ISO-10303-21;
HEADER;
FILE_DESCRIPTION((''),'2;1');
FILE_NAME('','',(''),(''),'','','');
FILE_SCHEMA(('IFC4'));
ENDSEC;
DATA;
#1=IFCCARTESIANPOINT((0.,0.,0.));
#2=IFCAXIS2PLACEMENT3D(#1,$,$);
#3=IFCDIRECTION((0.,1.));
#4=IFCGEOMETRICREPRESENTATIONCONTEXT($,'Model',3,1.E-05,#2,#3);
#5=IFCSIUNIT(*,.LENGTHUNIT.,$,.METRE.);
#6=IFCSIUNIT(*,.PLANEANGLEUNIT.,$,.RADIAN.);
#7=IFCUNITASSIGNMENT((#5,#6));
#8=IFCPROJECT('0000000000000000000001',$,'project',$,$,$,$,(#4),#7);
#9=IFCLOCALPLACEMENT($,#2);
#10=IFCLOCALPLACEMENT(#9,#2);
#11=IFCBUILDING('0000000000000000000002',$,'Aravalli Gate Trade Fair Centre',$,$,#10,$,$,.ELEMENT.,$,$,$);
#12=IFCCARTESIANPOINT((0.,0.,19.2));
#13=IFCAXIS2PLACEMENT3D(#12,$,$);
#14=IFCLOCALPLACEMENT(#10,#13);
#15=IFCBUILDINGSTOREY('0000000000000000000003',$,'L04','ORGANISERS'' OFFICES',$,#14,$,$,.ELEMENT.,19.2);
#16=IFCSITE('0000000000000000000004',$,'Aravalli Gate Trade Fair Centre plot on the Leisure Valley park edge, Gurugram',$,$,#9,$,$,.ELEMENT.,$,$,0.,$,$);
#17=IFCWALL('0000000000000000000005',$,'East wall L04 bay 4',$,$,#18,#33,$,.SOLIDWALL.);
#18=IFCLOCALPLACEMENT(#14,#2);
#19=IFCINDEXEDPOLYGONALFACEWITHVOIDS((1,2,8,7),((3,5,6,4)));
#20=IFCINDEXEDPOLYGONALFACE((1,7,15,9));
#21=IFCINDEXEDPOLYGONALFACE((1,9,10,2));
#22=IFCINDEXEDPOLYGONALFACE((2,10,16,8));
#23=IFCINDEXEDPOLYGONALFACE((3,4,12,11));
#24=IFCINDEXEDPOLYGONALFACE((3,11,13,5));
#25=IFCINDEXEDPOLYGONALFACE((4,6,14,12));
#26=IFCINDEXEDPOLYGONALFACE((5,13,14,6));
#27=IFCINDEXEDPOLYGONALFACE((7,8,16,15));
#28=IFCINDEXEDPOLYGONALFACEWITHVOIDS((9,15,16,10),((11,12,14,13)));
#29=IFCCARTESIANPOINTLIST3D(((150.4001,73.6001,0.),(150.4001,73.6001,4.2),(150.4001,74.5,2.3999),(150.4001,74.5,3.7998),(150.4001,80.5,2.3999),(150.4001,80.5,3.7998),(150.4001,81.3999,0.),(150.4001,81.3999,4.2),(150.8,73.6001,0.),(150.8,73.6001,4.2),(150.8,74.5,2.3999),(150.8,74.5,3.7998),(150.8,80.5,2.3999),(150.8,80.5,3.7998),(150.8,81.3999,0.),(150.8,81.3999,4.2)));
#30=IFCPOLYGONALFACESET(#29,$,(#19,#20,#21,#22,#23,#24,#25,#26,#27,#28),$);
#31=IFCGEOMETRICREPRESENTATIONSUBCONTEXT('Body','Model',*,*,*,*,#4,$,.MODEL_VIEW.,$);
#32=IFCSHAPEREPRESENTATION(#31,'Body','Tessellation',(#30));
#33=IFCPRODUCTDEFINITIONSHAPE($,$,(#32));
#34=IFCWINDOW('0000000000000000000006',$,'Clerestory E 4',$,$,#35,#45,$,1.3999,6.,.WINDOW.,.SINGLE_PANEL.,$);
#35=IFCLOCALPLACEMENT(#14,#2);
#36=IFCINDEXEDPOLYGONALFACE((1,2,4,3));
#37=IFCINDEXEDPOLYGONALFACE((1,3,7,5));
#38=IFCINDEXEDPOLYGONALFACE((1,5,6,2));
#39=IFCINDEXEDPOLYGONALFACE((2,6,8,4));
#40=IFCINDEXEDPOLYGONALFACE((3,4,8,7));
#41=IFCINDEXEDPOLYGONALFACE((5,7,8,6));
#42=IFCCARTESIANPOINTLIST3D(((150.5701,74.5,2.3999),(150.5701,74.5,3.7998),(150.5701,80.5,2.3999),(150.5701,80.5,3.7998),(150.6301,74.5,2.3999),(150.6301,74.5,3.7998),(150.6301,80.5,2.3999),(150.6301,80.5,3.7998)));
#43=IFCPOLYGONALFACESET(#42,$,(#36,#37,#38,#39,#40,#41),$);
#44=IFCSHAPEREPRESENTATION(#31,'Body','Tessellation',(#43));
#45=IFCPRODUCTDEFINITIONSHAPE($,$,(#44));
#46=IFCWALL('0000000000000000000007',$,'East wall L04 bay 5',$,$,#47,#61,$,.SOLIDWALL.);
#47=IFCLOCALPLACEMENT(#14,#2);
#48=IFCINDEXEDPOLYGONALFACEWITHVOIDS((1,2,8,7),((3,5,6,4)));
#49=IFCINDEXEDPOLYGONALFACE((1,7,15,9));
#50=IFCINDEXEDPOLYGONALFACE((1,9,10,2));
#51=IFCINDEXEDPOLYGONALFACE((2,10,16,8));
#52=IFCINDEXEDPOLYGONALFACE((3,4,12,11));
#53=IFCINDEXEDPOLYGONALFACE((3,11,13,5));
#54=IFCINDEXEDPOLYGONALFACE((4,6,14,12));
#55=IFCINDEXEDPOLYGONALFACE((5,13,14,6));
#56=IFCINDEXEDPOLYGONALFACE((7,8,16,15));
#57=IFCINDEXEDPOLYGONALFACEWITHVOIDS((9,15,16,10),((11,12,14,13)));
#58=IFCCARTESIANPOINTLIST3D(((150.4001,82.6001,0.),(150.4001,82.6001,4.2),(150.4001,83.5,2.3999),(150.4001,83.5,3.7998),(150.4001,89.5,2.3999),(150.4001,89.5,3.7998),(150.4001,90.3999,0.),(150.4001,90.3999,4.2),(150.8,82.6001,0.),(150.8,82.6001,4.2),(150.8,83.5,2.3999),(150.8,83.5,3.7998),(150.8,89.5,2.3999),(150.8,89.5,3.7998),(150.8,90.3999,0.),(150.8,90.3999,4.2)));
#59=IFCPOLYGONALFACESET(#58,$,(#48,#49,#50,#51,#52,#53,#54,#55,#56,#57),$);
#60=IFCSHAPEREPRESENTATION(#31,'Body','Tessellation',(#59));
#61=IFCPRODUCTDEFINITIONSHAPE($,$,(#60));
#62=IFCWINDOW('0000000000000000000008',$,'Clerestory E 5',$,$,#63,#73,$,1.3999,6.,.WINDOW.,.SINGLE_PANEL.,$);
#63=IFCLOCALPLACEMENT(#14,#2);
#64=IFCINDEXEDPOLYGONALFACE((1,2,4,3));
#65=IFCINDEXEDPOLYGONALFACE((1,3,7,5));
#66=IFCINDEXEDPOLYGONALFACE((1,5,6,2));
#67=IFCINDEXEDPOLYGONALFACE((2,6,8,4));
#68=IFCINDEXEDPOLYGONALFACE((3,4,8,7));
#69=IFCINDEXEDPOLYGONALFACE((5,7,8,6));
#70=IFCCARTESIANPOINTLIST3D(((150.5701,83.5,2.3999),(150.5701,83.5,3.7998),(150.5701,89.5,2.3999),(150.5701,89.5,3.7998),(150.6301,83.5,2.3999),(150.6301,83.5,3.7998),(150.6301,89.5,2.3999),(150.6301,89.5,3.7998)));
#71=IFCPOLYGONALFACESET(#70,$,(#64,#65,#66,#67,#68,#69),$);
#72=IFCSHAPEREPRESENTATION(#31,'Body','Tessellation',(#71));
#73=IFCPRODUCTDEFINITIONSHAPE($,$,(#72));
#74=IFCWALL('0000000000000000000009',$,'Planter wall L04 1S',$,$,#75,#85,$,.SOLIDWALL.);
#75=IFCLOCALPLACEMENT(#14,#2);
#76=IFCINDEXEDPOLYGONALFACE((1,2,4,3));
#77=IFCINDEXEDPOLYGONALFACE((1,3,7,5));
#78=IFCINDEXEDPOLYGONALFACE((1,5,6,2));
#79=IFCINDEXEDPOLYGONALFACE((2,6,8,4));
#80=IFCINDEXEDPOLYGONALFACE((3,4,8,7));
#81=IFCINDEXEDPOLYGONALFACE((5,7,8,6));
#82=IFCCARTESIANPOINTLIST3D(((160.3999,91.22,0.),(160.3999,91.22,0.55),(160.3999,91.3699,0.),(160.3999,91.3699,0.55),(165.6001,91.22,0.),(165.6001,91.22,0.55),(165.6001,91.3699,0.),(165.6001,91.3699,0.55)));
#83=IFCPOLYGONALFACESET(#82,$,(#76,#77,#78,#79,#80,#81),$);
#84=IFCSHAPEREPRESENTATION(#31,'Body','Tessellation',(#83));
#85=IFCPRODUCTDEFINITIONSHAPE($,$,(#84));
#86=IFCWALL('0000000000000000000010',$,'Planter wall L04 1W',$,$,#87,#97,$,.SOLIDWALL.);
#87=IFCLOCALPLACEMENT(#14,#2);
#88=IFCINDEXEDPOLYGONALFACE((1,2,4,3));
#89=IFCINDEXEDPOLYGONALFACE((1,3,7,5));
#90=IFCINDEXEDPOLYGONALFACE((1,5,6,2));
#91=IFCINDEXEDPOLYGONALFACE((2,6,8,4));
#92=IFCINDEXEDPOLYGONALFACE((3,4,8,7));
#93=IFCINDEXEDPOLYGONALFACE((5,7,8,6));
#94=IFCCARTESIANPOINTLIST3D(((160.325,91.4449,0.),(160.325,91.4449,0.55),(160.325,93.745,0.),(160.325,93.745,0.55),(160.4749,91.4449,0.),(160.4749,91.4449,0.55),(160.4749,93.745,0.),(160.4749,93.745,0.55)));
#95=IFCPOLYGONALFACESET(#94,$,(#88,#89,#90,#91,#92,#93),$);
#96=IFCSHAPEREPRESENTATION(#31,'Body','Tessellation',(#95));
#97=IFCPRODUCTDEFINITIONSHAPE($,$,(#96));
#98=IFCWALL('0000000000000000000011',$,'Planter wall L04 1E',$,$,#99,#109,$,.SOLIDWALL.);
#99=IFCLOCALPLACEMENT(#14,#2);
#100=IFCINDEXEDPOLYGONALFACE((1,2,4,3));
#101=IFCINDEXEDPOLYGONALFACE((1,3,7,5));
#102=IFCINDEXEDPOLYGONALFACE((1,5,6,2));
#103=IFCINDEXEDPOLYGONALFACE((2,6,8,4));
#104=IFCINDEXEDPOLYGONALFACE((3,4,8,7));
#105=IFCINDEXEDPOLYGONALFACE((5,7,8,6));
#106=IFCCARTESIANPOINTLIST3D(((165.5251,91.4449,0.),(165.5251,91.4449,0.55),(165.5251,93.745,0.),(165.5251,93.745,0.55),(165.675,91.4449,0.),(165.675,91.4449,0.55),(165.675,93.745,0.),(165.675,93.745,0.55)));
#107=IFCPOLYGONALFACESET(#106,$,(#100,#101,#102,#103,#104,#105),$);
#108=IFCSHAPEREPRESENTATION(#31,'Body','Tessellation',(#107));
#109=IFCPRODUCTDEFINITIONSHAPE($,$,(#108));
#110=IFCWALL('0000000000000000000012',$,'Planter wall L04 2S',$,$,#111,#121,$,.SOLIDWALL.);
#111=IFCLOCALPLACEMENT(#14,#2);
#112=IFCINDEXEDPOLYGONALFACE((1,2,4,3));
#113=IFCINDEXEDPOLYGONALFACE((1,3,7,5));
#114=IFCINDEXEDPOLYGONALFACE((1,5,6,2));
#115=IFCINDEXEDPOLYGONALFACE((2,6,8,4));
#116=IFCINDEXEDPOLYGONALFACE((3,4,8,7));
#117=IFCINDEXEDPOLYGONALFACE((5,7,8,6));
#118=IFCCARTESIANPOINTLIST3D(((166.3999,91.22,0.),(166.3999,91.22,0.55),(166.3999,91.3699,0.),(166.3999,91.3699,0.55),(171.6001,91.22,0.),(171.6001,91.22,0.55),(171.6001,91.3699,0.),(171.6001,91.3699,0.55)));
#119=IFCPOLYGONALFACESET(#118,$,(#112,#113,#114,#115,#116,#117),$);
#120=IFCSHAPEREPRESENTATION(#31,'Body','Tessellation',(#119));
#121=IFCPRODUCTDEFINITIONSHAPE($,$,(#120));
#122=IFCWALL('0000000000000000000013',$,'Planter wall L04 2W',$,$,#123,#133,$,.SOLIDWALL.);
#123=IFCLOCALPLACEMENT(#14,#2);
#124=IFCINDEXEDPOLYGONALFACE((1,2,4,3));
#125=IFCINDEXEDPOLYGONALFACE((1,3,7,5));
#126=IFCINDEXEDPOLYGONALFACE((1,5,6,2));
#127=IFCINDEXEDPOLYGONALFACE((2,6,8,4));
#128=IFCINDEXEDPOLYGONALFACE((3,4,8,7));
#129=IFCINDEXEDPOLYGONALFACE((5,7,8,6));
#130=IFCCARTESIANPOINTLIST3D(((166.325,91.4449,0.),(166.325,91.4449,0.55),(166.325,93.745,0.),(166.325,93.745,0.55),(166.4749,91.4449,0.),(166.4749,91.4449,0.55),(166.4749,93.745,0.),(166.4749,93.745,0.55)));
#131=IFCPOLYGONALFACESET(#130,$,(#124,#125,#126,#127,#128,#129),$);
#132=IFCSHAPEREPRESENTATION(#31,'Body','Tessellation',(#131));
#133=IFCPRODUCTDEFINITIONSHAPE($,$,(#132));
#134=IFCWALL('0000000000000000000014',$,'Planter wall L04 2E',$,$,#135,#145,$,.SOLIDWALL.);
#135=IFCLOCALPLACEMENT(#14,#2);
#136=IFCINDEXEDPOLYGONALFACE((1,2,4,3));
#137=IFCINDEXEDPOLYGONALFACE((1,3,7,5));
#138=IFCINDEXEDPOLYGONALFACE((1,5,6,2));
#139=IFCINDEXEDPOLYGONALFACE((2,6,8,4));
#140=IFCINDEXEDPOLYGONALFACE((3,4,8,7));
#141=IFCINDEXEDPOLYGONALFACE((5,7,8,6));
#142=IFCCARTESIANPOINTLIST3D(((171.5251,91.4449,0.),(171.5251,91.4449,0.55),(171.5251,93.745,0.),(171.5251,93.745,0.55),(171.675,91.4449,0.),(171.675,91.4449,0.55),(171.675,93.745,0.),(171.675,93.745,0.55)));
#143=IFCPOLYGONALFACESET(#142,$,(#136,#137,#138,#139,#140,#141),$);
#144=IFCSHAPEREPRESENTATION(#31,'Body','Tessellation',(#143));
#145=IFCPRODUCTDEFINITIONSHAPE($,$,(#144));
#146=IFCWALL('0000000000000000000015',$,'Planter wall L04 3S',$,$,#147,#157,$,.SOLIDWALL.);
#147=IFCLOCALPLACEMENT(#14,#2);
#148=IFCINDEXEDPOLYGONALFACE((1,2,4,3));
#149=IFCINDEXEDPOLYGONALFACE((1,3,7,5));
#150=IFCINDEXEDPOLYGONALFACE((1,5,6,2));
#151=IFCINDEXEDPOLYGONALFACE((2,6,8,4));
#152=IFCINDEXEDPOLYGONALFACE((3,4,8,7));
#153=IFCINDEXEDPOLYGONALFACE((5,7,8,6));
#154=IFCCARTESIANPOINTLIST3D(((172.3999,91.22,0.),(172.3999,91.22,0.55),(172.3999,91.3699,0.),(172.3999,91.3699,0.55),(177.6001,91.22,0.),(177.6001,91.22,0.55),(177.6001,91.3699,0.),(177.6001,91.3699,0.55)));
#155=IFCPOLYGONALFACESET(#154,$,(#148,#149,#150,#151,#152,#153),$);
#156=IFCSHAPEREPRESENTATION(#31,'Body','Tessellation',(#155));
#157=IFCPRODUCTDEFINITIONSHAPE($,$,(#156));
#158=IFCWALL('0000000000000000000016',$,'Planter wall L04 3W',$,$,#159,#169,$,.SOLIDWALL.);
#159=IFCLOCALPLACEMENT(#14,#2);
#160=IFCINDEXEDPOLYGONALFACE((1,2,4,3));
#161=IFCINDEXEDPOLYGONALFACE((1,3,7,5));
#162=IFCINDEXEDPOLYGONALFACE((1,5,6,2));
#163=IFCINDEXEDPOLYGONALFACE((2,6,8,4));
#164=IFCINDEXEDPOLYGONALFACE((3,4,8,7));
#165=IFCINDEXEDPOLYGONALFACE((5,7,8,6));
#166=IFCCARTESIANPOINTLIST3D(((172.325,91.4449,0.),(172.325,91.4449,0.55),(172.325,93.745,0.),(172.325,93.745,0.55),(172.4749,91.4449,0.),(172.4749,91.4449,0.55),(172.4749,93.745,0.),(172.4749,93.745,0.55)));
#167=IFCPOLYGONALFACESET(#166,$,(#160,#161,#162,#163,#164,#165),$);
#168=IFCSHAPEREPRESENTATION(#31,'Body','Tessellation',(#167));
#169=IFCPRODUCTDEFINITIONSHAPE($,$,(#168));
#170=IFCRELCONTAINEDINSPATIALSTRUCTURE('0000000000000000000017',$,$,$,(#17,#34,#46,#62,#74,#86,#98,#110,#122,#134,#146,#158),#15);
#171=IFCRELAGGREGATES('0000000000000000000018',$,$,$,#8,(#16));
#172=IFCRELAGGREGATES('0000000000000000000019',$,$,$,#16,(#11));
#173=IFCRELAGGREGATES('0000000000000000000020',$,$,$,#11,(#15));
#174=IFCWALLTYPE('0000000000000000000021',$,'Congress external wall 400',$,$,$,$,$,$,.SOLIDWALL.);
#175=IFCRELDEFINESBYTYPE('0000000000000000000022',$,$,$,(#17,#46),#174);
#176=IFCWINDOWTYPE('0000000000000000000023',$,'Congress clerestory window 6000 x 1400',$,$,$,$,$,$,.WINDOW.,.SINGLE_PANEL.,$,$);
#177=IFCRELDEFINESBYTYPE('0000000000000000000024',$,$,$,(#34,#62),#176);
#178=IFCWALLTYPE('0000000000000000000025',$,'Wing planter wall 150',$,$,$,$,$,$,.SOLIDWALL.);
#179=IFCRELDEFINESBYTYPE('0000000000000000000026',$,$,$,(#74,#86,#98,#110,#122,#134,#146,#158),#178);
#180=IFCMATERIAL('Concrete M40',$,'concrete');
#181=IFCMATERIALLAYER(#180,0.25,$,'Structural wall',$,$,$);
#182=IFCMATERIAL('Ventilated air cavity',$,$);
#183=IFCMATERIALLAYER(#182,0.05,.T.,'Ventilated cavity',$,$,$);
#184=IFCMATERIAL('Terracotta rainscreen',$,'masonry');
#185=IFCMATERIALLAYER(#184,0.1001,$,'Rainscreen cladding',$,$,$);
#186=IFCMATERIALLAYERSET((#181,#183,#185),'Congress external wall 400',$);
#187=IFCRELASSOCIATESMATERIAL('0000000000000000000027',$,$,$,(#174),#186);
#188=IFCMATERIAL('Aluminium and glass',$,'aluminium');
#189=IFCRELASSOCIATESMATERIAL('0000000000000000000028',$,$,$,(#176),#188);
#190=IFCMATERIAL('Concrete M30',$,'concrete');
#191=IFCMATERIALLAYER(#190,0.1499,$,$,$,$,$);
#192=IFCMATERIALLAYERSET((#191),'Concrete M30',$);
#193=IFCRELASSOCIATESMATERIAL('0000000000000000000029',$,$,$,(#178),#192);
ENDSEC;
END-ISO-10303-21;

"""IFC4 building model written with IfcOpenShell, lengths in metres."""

from ifc_helpers import new_model, si_unit, direction, frame, frame_2d, origin, place, context, subcontext, project, spatial, rectangle, extrude, material, layer, layer_set, type_object, element, fill, save


model = new_model("IFC4")

# Units and contexts
model_context = context("Model", 3, precision=1e-05, world=origin(), true_north=direction((0.0, 1.0)))
body_context = subcontext(model_context, "Body", "Model", "MODEL_VIEW")
ifc_project = project(units=[si_unit("LENGTHUNIT", "METRE"), si_unit("PLANEANGLEUNIT", "RADIAN")], contexts=[model_context])

# Site, building, storey
site_placement = place(None, origin())
site = spatial("IfcSite", under=ifc_project, at=site_placement, Name="Aravalli Gate Trade Fair Centre plot on the Leisure Valley park edge, Gurugram", CompositionType="ELEMENT", RefElevation=0.0)
building_placement = place(site_placement, origin())
building = spatial("IfcBuilding", under=site, at=building_placement, Name="Aravalli Gate Trade Fair Centre", CompositionType="ELEMENT")
storey_placement = place(building_placement, frame((0.0, 0.0, 19.2)))
storey = spatial("IfcBuildingStorey", under=building, at=storey_placement, Name="L04", Description="ORGANISERS' OFFICES", CompositionType="ELEMENT", Elevation=19.2)

# Walls, openings, windows
ifc_material_1 = material(Name="Concrete M40", Category="concrete")
ifc_layer_1 = layer(ifc_material_1, 0.25, Name="Structural wall")
ifc_material_2 = material(Name="Ventilated air cavity")
ifc_layer_2 = layer(ifc_material_2, 0.05, ventilated=True, Name="Ventilated cavity")
ifc_material_3 = material(Name="Terracotta rainscreen", Category="masonry")
ifc_layer_3 = layer(ifc_material_3, 0.1001, Name="Rainscreen cladding")
ifc_layer_set_1 = layer_set([ifc_layer_1, ifc_layer_2, ifc_layer_3], Name="Congress external wall 400")
wall_type_1 = type_object("IfcWallType", Name="Congress external wall 400", PredefinedType="SOLIDWALL", material=ifc_layer_set_1)
wall_1_placement = place(storey_placement, frame((150.6001, 73.6001, 0.0), z_axis=(0.0, 0.0, 1.0), x_axis=(0.0, 1.0, 0.0)))
wall_1 = element("IfcWall", 1, at=wall_1_placement, inside=storey, type_object=wall_type_1, Name="East wall L04 bay 4", PredefinedType="SOLIDWALL", context=body_context, shape_type="SweptSolid", body=[
    extrude(rectangle(XDim=7.7998, YDim=0.3999, at=frame_2d((3.8999, 0.0))), origin(), (0.0, 0.0, 1.0), 4.2),
])
opening_1_placement = place(wall_1_placement, frame((0.8999, 0.0, 2.3999)))
opening_1 = element("IfcOpeningElement", 2, at=opening_1_placement, cuts=wall_1, PredefinedType="OPENING", context=body_context, shape_type="SweptSolid", body=[
    extrude(rectangle(XDim=6.0, YDim=1.3999, at=frame_2d((3.0, 0.7))), frame((0.0, 0.21, 0.0), z_axis=(0.0, -1.0, 0.0), x_axis=(1.0, 0.0, 0.0)), (0.0, 0.0, 1.0), 0.4199),
])
ifc_material_4 = material(Name="Aluminium and glass", Category="aluminium")
window_type_1 = type_object("IfcWindowType", Name="Congress clerestory window 6000 x 1400", PartitioningType="SINGLE_PANEL", PredefinedType="WINDOW", material=ifc_material_4)
window_1_placement = place(opening_1_placement, origin())
window_1 = element("IfcWindow", 3, at=window_1_placement, inside=storey, type_object=window_type_1, Name="Clerestory E 4", OverallHeight=1.3999, OverallWidth=6.0, PartitioningType="SINGLE_PANEL", PredefinedType="WINDOW", context=body_context, shape_type="SweptSolid", body=[
    extrude(rectangle(XDim=6.0, YDim=1.3999, at=frame_2d((3.0, 0.7))), frame((0.0, 0.03, 0.0), z_axis=(0.0, -1.0, 0.0), x_axis=(1.0, 0.0, 0.0)), (0.0, 0.0, 1.0), 0.0601),
])
fill(opening_1, window_1)
wall_2_placement = place(storey_placement, frame((150.6001, 82.6001, 0.0), z_axis=(0.0, 0.0, 1.0), x_axis=(0.0, 1.0, 0.0)))
wall_2 = element("IfcWall", 4, at=wall_2_placement, inside=storey, type_object=wall_type_1, Name="East wall L04 bay 5", PredefinedType="SOLIDWALL", context=body_context, shape_type="SweptSolid", body=[
    extrude(rectangle(XDim=7.7998, YDim=0.3999, at=frame_2d((3.8999, 0.0))), origin(), (0.0, 0.0, 1.0), 4.2),
])
opening_2_placement = place(wall_2_placement, frame((0.8999, 0.0, 2.3999)))
opening_2 = element("IfcOpeningElement", 5, at=opening_2_placement, cuts=wall_2, PredefinedType="OPENING", context=body_context, shape_type="SweptSolid", body=[
    extrude(rectangle(XDim=6.0, YDim=1.3999, at=frame_2d((3.0, 0.7))), frame((0.0, 0.21, 0.0), z_axis=(0.0, -1.0, 0.0), x_axis=(1.0, 0.0, 0.0)), (0.0, 0.0, 1.0), 0.4199),
])
window_2_placement = place(opening_2_placement, origin())
window_2 = element("IfcWindow", 6, at=window_2_placement, inside=storey, type_object=window_type_1, Name="Clerestory E 5", OverallHeight=1.3999, OverallWidth=6.0, PartitioningType="SINGLE_PANEL", PredefinedType="WINDOW", context=body_context, shape_type="SweptSolid", body=[
    extrude(rectangle(XDim=6.0, YDim=1.3999, at=frame_2d((3.0, 0.7))), frame((0.0, 0.03, 0.0), z_axis=(0.0, -1.0, 0.0), x_axis=(1.0, 0.0, 0.0)), (0.0, 0.0, 1.0), 0.0601),
])
fill(opening_2, window_2)

# Walls
ifc_material_5 = material(Name="Concrete M30", Category="concrete")
ifc_layer_4 = layer(ifc_material_5, 0.1499)
ifc_layer_set_2 = layer_set([ifc_layer_4], Name="Concrete M30")
wall_type_2 = type_object("IfcWallType", Name="Wing planter wall 150", PredefinedType="SOLIDWALL", material=ifc_layer_set_2)
wall_3_placement = place(storey_placement, frame((160.3999, 91.2949, 0.0), z_axis=(0.0, 0.0, 1.0), x_axis=(1.0, 0.0, 0.0)))
element("IfcWall", 7, at=wall_3_placement, inside=storey, type_object=wall_type_2, Name="Planter wall L04 1S", PredefinedType="SOLIDWALL", context=body_context, shape_type="SweptSolid", body=[
    extrude(rectangle(XDim=5.2002, YDim=0.1499, at=frame_2d((2.6001, 0.0))), origin(), (0.0, 0.0, 1.0), 0.55),
])
for number, where, z_axis, x_axis, name in (
    (8, (160.3999, 91.4451, 0.0), (0.0, 0.0, 1.0), (0.0, 1.0, 0.0), "Planter wall L04 1W"),
    (9, (165.6001, 91.4451, 0.0), (0.0, 0.0, 1.0), (0.0, 1.0, 0.0), "Planter wall L04 1E"),
):
    element("IfcWall", number, at=place(storey_placement, frame(where, z_axis=z_axis, x_axis=x_axis)), inside=storey, type_object=wall_type_2, Name=name, PredefinedType="SOLIDWALL", context=body_context, shape_type="SweptSolid", body=[
        extrude(rectangle(XDim=2.3, YDim=0.1499, at=frame_2d((1.1499, 0.0))), origin(), (0.0, 0.0, 1.0), 0.55),
    ])
wall_4_placement = place(storey_placement, frame((166.3999, 91.2949, 0.0), z_axis=(0.0, 0.0, 1.0), x_axis=(1.0, 0.0, 0.0)))
element("IfcWall", 10, at=wall_4_placement, inside=storey, type_object=wall_type_2, Name="Planter wall L04 2S", PredefinedType="SOLIDWALL", context=body_context, shape_type="SweptSolid", body=[
    extrude(rectangle(XDim=5.2002, YDim=0.1499, at=frame_2d((2.6001, 0.0))), origin(), (0.0, 0.0, 1.0), 0.55),
])
for number, where, z_axis, x_axis, name in (
    (11, (166.3999, 91.4451, 0.0), (0.0, 0.0, 1.0), (0.0, 1.0, 0.0), "Planter wall L04 2W"),
    (12, (171.6001, 91.4451, 0.0), (0.0, 0.0, 1.0), (0.0, 1.0, 0.0), "Planter wall L04 2E"),
):
    element("IfcWall", number, at=place(storey_placement, frame(where, z_axis=z_axis, x_axis=x_axis)), inside=storey, type_object=wall_type_2, Name=name, PredefinedType="SOLIDWALL", context=body_context, shape_type="SweptSolid", body=[
        extrude(rectangle(XDim=2.3, YDim=0.1499, at=frame_2d((1.1499, 0.0))), origin(), (0.0, 0.0, 1.0), 0.55),
    ])
wall_5_placement = place(storey_placement, frame((172.3999, 91.2949, 0.0), z_axis=(0.0, 0.0, 1.0), x_axis=(1.0, 0.0, 0.0)))
element("IfcWall", 13, at=wall_5_placement, inside=storey, type_object=wall_type_2, Name="Planter wall L04 3S", PredefinedType="SOLIDWALL", context=body_context, shape_type="SweptSolid", body=[
    extrude(rectangle(XDim=5.2002, YDim=0.1499, at=frame_2d((2.6001, 0.0))), origin(), (0.0, 0.0, 1.0), 0.55),
])
wall_6_placement = place(storey_placement, frame((172.3999, 91.4451, 0.0), z_axis=(0.0, 0.0, 1.0), x_axis=(0.0, 1.0, 0.0)))
element("IfcWall", 14, at=wall_6_placement, inside=storey, type_object=wall_type_2, Name="Planter wall L04 3W", PredefinedType="SOLIDWALL", context=body_context, shape_type="SweptSolid", body=[
    extrude(rectangle(XDim=2.3, YDim=0.1499, at=frame_2d((1.1499, 0.0))), origin(), (0.0, 0.0, 1.0), 0.55),
])

save(model, "model.ifc")
